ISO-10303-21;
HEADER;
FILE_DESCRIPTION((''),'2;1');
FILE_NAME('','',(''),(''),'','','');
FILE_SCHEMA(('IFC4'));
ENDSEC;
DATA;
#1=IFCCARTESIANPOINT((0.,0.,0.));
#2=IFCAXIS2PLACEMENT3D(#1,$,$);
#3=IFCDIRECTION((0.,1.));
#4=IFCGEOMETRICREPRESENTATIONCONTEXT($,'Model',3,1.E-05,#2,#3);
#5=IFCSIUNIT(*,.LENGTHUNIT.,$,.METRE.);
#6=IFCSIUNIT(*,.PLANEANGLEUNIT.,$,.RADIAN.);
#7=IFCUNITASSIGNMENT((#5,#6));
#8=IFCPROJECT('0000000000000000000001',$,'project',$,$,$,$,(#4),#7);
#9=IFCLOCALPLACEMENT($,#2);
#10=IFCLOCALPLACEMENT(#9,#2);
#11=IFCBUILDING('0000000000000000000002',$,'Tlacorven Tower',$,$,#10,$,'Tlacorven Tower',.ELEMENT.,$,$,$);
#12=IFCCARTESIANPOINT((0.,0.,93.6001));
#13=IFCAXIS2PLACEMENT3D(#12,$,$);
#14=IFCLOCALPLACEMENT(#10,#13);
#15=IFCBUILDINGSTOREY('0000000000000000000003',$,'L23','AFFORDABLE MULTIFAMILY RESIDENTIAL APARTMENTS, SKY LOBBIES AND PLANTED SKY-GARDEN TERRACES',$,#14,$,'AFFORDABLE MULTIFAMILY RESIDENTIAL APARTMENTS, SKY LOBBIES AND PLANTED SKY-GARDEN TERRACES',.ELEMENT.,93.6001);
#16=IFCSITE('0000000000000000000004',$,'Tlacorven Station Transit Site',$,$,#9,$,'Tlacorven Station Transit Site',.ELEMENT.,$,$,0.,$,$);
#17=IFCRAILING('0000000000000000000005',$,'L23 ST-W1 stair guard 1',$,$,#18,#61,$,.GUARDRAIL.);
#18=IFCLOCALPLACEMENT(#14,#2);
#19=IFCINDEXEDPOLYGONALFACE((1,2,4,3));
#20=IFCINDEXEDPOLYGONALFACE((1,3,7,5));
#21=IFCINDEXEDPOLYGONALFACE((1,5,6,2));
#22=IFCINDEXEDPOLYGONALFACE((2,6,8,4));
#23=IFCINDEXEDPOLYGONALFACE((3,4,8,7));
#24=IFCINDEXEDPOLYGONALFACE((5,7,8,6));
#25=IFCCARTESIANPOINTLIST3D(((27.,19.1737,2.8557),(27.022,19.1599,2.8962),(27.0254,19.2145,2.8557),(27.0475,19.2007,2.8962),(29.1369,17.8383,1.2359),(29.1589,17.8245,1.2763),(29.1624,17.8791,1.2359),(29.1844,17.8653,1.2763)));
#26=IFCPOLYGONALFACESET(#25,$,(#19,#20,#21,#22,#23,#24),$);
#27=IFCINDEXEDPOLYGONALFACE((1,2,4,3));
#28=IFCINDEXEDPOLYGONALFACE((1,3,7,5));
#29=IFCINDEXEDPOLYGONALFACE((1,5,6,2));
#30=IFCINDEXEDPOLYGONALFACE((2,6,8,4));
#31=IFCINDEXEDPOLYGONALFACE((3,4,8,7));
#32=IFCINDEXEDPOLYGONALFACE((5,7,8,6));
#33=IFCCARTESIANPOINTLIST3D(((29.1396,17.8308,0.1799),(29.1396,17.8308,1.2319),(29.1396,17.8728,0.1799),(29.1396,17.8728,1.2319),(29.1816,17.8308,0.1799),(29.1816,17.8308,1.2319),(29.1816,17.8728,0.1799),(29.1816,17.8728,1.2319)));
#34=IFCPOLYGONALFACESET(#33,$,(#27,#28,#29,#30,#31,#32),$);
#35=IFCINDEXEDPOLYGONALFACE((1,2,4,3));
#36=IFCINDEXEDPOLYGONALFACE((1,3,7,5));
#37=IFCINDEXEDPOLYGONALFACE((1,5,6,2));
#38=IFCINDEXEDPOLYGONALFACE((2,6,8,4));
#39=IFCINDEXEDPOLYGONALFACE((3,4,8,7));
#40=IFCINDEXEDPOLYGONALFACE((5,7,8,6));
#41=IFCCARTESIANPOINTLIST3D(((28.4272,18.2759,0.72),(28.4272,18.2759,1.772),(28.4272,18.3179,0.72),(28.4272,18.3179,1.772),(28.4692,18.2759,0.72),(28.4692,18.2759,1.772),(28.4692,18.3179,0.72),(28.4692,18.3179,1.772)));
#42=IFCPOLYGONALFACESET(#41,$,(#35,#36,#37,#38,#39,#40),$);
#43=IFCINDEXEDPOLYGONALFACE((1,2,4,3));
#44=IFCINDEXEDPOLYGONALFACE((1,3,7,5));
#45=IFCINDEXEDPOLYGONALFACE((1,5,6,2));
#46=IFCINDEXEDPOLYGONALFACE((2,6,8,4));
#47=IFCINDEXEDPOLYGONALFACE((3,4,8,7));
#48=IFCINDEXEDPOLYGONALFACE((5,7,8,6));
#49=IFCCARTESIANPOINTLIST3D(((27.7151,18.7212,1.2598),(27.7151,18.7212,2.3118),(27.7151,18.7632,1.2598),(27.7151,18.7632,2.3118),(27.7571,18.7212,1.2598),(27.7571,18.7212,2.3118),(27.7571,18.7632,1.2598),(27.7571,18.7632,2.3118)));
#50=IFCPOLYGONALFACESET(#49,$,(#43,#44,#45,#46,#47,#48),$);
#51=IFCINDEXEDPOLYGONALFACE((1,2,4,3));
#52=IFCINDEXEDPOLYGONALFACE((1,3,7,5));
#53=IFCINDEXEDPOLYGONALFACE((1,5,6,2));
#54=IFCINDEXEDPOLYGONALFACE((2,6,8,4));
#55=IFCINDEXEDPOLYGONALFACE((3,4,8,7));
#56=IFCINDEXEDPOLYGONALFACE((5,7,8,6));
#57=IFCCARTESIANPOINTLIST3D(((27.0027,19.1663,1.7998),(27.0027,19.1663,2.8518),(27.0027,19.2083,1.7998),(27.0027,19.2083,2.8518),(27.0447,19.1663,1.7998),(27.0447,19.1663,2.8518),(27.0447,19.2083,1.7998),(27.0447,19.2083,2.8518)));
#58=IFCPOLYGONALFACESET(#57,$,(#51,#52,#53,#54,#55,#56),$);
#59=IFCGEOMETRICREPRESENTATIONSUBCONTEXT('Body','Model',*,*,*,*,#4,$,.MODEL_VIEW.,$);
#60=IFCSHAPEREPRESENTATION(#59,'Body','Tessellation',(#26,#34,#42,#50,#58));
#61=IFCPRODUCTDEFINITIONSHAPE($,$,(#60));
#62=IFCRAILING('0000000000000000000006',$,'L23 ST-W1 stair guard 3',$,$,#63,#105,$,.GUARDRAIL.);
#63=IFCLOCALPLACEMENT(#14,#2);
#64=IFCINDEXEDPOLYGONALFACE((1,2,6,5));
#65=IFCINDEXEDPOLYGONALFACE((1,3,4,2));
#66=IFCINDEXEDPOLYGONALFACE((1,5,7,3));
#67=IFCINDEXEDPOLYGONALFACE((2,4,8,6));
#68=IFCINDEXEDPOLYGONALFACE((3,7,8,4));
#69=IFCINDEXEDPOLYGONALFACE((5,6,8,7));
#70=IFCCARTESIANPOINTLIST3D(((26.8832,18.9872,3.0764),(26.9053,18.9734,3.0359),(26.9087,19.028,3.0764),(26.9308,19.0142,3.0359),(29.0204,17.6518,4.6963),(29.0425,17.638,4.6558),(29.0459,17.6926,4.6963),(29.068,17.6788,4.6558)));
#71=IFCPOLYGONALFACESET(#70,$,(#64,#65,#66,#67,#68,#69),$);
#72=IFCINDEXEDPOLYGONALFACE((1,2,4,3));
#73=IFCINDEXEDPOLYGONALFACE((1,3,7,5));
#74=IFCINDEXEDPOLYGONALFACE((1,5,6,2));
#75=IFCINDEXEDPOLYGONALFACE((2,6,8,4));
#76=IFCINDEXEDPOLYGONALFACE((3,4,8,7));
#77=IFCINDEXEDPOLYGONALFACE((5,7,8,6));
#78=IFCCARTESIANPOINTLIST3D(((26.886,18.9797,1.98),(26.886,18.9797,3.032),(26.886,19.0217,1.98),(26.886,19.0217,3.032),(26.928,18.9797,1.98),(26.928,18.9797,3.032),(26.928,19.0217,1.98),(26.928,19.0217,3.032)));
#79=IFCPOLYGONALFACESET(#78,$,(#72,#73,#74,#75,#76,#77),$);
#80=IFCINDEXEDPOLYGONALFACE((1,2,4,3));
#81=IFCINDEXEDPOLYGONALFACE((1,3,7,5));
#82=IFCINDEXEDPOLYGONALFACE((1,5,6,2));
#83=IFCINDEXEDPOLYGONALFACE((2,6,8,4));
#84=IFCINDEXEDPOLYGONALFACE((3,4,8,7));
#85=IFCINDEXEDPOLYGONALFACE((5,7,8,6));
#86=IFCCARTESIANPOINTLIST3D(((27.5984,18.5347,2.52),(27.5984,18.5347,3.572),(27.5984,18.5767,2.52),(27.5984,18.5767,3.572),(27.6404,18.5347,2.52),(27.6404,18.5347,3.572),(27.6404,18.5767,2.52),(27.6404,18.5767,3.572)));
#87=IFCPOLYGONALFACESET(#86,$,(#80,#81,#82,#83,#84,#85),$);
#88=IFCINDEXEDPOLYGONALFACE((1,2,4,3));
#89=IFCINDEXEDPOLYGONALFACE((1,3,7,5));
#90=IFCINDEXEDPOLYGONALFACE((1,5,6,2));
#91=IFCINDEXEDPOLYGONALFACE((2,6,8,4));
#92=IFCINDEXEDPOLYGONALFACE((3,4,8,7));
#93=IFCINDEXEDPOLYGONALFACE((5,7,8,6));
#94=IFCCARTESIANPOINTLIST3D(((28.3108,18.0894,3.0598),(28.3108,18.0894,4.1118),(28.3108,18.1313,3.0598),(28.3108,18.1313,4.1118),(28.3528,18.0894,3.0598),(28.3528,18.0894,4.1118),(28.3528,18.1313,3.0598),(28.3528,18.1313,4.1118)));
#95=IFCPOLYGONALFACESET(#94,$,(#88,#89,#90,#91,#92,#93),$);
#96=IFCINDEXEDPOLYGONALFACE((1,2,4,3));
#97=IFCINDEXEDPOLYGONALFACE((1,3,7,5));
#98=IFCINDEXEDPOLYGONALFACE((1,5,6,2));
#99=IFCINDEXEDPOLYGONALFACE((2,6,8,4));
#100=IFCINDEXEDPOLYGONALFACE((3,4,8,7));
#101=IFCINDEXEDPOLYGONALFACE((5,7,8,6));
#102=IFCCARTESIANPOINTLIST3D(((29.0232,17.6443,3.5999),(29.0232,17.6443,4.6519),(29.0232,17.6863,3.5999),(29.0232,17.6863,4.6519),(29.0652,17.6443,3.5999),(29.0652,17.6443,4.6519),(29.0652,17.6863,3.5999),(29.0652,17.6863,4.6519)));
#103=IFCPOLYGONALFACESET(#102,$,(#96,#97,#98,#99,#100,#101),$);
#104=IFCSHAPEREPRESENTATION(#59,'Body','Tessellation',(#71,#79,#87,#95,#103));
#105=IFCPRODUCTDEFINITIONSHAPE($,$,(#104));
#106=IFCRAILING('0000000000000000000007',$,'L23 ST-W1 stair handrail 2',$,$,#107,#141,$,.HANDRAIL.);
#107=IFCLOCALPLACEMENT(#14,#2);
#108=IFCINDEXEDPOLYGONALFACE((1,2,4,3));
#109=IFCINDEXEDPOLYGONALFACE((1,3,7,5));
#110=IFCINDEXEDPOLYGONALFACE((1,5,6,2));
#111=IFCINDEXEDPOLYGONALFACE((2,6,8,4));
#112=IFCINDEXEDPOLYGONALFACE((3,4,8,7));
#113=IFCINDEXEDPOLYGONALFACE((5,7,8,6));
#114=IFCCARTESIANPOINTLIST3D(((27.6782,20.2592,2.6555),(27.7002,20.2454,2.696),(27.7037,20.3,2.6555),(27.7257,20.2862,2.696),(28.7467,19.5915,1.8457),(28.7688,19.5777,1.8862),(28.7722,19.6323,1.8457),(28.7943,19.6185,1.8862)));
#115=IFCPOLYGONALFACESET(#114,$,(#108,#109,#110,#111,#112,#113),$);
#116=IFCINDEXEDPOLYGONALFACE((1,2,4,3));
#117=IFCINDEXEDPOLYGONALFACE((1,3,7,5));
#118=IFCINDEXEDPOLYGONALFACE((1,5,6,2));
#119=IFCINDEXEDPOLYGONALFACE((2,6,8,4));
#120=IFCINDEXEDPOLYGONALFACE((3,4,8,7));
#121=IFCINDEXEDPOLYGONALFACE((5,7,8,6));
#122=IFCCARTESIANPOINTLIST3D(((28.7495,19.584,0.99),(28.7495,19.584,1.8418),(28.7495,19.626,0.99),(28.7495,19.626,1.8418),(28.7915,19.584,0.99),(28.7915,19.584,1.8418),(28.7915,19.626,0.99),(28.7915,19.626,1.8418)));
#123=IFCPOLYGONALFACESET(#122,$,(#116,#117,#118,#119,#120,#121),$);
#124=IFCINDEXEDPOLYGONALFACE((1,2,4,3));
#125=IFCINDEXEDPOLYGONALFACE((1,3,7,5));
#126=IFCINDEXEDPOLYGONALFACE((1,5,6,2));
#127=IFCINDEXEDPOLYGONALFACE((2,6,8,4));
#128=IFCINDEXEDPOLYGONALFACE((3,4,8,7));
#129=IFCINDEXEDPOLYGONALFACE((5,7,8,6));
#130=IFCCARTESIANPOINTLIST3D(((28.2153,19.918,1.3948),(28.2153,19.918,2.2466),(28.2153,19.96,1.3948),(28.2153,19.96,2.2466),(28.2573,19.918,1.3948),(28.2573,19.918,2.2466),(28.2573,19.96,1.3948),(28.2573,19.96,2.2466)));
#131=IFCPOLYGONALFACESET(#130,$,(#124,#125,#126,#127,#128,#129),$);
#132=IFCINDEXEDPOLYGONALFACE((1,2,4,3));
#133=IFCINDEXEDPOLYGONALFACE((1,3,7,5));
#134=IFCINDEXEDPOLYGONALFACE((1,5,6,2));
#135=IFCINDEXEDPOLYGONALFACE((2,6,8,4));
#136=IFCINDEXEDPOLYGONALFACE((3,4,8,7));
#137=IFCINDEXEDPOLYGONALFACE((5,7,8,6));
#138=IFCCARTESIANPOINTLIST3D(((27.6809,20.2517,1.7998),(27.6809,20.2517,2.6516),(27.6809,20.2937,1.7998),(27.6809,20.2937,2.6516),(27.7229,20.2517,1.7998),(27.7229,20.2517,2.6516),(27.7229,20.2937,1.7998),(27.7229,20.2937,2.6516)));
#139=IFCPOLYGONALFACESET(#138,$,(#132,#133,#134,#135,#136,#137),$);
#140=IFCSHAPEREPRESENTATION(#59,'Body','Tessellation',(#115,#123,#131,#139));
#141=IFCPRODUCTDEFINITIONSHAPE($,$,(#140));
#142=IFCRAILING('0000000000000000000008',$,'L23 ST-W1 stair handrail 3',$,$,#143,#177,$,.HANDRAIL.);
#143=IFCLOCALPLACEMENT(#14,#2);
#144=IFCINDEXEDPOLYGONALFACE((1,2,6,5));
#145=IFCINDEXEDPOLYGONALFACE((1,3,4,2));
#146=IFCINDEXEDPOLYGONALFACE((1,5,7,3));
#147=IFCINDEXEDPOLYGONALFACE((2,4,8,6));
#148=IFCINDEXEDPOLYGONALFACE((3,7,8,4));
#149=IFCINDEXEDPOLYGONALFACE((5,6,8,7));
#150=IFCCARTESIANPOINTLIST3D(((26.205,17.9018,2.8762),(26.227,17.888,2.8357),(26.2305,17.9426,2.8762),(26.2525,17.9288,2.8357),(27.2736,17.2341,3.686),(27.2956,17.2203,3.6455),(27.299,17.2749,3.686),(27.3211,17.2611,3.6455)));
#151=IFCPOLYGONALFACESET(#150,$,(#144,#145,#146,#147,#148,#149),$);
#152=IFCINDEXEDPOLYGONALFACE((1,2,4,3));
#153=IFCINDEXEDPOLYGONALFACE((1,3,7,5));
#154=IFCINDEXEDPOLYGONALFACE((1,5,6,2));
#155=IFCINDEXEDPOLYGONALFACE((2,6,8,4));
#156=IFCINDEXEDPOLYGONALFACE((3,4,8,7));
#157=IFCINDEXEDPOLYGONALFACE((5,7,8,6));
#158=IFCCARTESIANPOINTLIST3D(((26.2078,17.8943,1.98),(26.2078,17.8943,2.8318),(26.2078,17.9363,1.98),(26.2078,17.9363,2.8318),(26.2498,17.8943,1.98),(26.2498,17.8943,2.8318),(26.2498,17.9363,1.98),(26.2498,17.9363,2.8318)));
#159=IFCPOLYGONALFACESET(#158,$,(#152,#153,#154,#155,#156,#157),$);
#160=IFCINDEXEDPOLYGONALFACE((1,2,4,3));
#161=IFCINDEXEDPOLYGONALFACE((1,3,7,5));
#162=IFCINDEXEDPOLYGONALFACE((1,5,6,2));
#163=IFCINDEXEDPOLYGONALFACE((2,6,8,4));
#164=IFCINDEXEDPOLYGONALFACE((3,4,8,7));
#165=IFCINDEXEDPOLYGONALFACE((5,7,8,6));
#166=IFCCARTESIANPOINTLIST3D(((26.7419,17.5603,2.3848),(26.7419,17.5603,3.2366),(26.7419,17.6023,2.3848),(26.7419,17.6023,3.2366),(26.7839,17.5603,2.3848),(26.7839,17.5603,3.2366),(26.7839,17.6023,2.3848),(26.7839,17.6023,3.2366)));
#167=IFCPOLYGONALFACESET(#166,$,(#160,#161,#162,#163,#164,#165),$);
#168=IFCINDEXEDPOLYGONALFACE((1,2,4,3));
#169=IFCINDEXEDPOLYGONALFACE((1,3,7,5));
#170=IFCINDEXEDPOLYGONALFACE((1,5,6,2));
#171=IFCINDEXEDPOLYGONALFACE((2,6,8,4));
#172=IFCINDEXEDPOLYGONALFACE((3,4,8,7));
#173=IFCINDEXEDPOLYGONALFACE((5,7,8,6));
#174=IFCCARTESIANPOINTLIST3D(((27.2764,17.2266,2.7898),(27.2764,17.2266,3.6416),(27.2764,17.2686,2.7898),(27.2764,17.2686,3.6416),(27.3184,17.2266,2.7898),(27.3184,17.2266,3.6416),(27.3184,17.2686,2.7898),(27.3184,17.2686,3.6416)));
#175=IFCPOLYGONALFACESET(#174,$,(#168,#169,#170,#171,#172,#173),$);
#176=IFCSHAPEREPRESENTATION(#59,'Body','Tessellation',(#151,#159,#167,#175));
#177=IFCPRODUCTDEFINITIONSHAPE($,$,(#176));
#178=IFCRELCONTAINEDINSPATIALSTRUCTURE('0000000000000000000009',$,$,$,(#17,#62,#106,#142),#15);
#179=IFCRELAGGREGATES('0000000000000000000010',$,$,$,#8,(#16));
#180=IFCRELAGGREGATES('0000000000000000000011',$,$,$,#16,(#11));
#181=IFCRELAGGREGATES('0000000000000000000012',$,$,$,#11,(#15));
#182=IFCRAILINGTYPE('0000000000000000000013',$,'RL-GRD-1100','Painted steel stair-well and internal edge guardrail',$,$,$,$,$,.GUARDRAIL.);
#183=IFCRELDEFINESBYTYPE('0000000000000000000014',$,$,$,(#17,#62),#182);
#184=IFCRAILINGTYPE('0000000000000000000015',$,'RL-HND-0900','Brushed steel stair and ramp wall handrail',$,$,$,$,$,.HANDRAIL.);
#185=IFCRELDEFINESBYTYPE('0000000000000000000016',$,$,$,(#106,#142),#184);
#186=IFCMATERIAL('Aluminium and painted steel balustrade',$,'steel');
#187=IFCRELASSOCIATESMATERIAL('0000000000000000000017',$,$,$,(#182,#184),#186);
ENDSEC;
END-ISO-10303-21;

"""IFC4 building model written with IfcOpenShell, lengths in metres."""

from ifc_helpers import new_model, si_unit, direction, frame, origin, origin_2d, place, context, subcontext, project, spatial, rectangle, extrude, source, transform, mapped, material, type_object, element, save


model = new_model("IFC4")

# Units and contexts
model_context = context("Model", 3, precision=1e-05, world=origin(), true_north=direction((0.0, 1.0)))
body_context = subcontext(model_context, "Body", "Model", "MODEL_VIEW")
ifc_project = project(units=[si_unit("LENGTHUNIT", "METRE"), si_unit("PLANEANGLEUNIT", "RADIAN")], contexts=[model_context])

# Site, building, storey
site_placement = place(None, origin())
site = spatial("IfcSite", under=ifc_project, at=site_placement, Name="Tlacorven Station Transit Site", LongName="Tlacorven Station Transit Site", CompositionType="ELEMENT", RefElevation=0.0)
building_placement = place(site_placement, origin())
building = spatial("IfcBuilding", under=site, at=building_placement, Name="Tlacorven Tower", LongName="Tlacorven Tower", CompositionType="ELEMENT")
storey_placement = place(building_placement, frame((0.0, 0.0, 93.6001)))
storey = spatial("IfcBuildingStorey", under=building, at=storey_placement, Name="L23", Description="AFFORDABLE MULTIFAMILY RESIDENTIAL APARTMENTS, SKY LOBBIES AND PLANTED SKY-GARDEN TERRACES", LongName="AFFORDABLE MULTIFAMILY RESIDENTIAL APARTMENTS, SKY LOBBIES AND PLANTED SKY-GARDEN TERRACES", CompositionType="ELEMENT", Elevation=93.6001)

# Railings
ifc_material_1 = material(Name="Aluminium and painted steel balustrade", Category="steel")
railing_type_1 = type_object("IfcRailingType", Name="RL-GRD-1100", Description="Painted steel stair-well and internal edge guardrail", PredefinedType="GUARDRAIL", material=ifc_material_1)
railing_type_2 = type_object("IfcRailingType", Name="RL-HND-0900", Description="Brushed steel stair and ramp wall handrail", PredefinedType="HANDRAIL", material=ifc_material_1)
shared_shape_1 = source(origin(), body_context, "Body", "SweptSolid", [
    extrude(rectangle(XDim=0.0481, YDim=0.0481, at=origin_2d()), frame((0.0, 0.0, 1.0762), z_axis=(-0.713351, 0.445794, 0.540739), x_axis=(-0.529955, -0.848026, 0.0)), (0.0, 0.0, 1.0), 2.9956),
    extrude(rectangle(XDim=0.042, YDim=0.042, at=origin_2d()), origin(), (0.0, 0.0, 1.0), 1.052),
    extrude(rectangle(XDim=0.042, YDim=0.042, at=origin_2d()), frame((-0.7124, 0.4451, 0.54)), (0.0, 0.0, 1.0), 1.052),
    extrude(rectangle(XDim=0.042, YDim=0.042, at=origin_2d()), frame((-1.4246, 0.8904, 1.0798)), (0.0, 0.0, 1.0), 1.052),
    extrude(rectangle(XDim=0.042, YDim=0.042, at=origin_2d()), frame((-2.137, 1.3354, 1.6199)), (0.0, 0.0, 1.0), 1.052),
])
railing_1_placement = place(storey_placement, frame((29.1606, 17.8518, 0.1799)))
element("IfcRailing", 1, at=railing_1_placement, inside=storey, type_object=railing_type_1, Name="L23 ST-W1 stair guard 1", PredefinedType="GUARDRAIL", context=body_context, shape_type="MappedRepresentation", body=[
    mapped(shared_shape_1, transform((0.0, 0.0, 0.0), scale=1.0)),
])
shared_shape_2 = source(origin(), body_context, "Body", "SweptSolid", [
    extrude(rectangle(XDim=0.0481, YDim=0.0481, at=origin_2d()), frame((0.0, 0.0, 1.0762), z_axis=(0.713391, -0.445768, 0.540707), x_axis=(0.529912, 0.848053, 0.0)), (0.0, 0.0, 1.0), 2.9958),
    extrude(rectangle(XDim=0.042, YDim=0.042, at=origin_2d()), origin(), (0.0, 0.0, 1.0), 1.052),
    extrude(rectangle(XDim=0.042, YDim=0.042, at=origin_2d()), frame((0.7124, -0.4451, 0.54)), (0.0, 0.0, 1.0), 1.052),
    extrude(rectangle(XDim=0.042, YDim=0.042, at=origin_2d()), frame((1.4248, -0.8904, 1.0798)), (0.0, 0.0, 1.0), 1.052),
    extrude(rectangle(XDim=0.042, YDim=0.042, at=origin_2d()), frame((2.1372, -1.3354, 1.6199)), (0.0, 0.0, 1.0), 1.052),
])
railing_2_placement = place(storey_placement, frame((26.907, 19.0007, 1.98)))
element("IfcRailing", 2, at=railing_2_placement, inside=storey, type_object=railing_type_1, Name="L23 ST-W1 stair guard 3", PredefinedType="GUARDRAIL", context=body_context, shape_type="MappedRepresentation", body=[
    mapped(shared_shape_2, transform((0.0, 0.0, 0.0), scale=1.0)),
])
shared_shape_3 = source(origin(), body_context, "Body", "SweptSolid", [
    extrude(rectangle(XDim=0.0481, YDim=0.0481, at=origin_2d()), frame((0.0, 0.0, 0.876), z_axis=(-0.713423, 0.445787, 0.540649), x_axis=(-0.529912, -0.848053, 0.0)), (0.0, 0.0, 1.0), 1.4978),
    extrude(rectangle(XDim=0.042, YDim=0.042, at=origin_2d()), origin(), (0.0, 0.0, 1.0), 0.8518),
    extrude(rectangle(XDim=0.042, YDim=0.042, at=origin_2d()), frame((-0.5342, 0.334, 0.4048)), (0.0, 0.0, 1.0), 0.8518),
    extrude(rectangle(XDim=0.042, YDim=0.042, at=origin_2d()), frame((-1.0686, 0.6677, 0.8098)), (0.0, 0.0, 1.0), 0.8518),
])
railing_3_placement = place(storey_placement, frame((28.7705, 19.605, 0.99)))
element("IfcRailing", 3, at=railing_3_placement, inside=storey, type_object=railing_type_2, Name="L23 ST-W1 stair handrail 2", PredefinedType="HANDRAIL", context=body_context, shape_type="MappedRepresentation", body=[
    mapped(shared_shape_3, transform((0.0, 0.0, 0.0), scale=1.0)),
])
shared_shape_4 = source(origin(), body_context, "Body", "SweptSolid", [
    extrude(rectangle(XDim=0.0481, YDim=0.0481, at=origin_2d()), frame((0.0, 0.0, 0.876), z_axis=(0.713423, -0.445787, 0.540649), x_axis=(0.529912, 0.848053, 0.0)), (0.0, 0.0, 1.0), 1.4978),
    extrude(rectangle(XDim=0.042, YDim=0.042, at=origin_2d()), origin(), (0.0, 0.0, 1.0), 0.8518),
    extrude(rectangle(XDim=0.042, YDim=0.042, at=origin_2d()), frame((0.5342, -0.334, 0.4048)), (0.0, 0.0, 1.0), 0.8518),
    extrude(rectangle(XDim=0.042, YDim=0.042, at=origin_2d()), frame((1.0686, -0.6677, 0.8098)), (0.0, 0.0, 1.0), 0.8518),
])
railing_4_placement = place(storey_placement, frame((26.2288, 17.9153, 1.98)))
element("IfcRailing", 4, at=railing_4_placement, inside=storey, type_object=railing_type_2, Name="L23 ST-W1 stair handrail 3", PredefinedType="HANDRAIL", context=body_context, shape_type="MappedRepresentation", body=[
    mapped(shared_shape_4, transform((0.0, 0.0, 0.0), scale=1.0)),
])

save(model, "model.ifc")
